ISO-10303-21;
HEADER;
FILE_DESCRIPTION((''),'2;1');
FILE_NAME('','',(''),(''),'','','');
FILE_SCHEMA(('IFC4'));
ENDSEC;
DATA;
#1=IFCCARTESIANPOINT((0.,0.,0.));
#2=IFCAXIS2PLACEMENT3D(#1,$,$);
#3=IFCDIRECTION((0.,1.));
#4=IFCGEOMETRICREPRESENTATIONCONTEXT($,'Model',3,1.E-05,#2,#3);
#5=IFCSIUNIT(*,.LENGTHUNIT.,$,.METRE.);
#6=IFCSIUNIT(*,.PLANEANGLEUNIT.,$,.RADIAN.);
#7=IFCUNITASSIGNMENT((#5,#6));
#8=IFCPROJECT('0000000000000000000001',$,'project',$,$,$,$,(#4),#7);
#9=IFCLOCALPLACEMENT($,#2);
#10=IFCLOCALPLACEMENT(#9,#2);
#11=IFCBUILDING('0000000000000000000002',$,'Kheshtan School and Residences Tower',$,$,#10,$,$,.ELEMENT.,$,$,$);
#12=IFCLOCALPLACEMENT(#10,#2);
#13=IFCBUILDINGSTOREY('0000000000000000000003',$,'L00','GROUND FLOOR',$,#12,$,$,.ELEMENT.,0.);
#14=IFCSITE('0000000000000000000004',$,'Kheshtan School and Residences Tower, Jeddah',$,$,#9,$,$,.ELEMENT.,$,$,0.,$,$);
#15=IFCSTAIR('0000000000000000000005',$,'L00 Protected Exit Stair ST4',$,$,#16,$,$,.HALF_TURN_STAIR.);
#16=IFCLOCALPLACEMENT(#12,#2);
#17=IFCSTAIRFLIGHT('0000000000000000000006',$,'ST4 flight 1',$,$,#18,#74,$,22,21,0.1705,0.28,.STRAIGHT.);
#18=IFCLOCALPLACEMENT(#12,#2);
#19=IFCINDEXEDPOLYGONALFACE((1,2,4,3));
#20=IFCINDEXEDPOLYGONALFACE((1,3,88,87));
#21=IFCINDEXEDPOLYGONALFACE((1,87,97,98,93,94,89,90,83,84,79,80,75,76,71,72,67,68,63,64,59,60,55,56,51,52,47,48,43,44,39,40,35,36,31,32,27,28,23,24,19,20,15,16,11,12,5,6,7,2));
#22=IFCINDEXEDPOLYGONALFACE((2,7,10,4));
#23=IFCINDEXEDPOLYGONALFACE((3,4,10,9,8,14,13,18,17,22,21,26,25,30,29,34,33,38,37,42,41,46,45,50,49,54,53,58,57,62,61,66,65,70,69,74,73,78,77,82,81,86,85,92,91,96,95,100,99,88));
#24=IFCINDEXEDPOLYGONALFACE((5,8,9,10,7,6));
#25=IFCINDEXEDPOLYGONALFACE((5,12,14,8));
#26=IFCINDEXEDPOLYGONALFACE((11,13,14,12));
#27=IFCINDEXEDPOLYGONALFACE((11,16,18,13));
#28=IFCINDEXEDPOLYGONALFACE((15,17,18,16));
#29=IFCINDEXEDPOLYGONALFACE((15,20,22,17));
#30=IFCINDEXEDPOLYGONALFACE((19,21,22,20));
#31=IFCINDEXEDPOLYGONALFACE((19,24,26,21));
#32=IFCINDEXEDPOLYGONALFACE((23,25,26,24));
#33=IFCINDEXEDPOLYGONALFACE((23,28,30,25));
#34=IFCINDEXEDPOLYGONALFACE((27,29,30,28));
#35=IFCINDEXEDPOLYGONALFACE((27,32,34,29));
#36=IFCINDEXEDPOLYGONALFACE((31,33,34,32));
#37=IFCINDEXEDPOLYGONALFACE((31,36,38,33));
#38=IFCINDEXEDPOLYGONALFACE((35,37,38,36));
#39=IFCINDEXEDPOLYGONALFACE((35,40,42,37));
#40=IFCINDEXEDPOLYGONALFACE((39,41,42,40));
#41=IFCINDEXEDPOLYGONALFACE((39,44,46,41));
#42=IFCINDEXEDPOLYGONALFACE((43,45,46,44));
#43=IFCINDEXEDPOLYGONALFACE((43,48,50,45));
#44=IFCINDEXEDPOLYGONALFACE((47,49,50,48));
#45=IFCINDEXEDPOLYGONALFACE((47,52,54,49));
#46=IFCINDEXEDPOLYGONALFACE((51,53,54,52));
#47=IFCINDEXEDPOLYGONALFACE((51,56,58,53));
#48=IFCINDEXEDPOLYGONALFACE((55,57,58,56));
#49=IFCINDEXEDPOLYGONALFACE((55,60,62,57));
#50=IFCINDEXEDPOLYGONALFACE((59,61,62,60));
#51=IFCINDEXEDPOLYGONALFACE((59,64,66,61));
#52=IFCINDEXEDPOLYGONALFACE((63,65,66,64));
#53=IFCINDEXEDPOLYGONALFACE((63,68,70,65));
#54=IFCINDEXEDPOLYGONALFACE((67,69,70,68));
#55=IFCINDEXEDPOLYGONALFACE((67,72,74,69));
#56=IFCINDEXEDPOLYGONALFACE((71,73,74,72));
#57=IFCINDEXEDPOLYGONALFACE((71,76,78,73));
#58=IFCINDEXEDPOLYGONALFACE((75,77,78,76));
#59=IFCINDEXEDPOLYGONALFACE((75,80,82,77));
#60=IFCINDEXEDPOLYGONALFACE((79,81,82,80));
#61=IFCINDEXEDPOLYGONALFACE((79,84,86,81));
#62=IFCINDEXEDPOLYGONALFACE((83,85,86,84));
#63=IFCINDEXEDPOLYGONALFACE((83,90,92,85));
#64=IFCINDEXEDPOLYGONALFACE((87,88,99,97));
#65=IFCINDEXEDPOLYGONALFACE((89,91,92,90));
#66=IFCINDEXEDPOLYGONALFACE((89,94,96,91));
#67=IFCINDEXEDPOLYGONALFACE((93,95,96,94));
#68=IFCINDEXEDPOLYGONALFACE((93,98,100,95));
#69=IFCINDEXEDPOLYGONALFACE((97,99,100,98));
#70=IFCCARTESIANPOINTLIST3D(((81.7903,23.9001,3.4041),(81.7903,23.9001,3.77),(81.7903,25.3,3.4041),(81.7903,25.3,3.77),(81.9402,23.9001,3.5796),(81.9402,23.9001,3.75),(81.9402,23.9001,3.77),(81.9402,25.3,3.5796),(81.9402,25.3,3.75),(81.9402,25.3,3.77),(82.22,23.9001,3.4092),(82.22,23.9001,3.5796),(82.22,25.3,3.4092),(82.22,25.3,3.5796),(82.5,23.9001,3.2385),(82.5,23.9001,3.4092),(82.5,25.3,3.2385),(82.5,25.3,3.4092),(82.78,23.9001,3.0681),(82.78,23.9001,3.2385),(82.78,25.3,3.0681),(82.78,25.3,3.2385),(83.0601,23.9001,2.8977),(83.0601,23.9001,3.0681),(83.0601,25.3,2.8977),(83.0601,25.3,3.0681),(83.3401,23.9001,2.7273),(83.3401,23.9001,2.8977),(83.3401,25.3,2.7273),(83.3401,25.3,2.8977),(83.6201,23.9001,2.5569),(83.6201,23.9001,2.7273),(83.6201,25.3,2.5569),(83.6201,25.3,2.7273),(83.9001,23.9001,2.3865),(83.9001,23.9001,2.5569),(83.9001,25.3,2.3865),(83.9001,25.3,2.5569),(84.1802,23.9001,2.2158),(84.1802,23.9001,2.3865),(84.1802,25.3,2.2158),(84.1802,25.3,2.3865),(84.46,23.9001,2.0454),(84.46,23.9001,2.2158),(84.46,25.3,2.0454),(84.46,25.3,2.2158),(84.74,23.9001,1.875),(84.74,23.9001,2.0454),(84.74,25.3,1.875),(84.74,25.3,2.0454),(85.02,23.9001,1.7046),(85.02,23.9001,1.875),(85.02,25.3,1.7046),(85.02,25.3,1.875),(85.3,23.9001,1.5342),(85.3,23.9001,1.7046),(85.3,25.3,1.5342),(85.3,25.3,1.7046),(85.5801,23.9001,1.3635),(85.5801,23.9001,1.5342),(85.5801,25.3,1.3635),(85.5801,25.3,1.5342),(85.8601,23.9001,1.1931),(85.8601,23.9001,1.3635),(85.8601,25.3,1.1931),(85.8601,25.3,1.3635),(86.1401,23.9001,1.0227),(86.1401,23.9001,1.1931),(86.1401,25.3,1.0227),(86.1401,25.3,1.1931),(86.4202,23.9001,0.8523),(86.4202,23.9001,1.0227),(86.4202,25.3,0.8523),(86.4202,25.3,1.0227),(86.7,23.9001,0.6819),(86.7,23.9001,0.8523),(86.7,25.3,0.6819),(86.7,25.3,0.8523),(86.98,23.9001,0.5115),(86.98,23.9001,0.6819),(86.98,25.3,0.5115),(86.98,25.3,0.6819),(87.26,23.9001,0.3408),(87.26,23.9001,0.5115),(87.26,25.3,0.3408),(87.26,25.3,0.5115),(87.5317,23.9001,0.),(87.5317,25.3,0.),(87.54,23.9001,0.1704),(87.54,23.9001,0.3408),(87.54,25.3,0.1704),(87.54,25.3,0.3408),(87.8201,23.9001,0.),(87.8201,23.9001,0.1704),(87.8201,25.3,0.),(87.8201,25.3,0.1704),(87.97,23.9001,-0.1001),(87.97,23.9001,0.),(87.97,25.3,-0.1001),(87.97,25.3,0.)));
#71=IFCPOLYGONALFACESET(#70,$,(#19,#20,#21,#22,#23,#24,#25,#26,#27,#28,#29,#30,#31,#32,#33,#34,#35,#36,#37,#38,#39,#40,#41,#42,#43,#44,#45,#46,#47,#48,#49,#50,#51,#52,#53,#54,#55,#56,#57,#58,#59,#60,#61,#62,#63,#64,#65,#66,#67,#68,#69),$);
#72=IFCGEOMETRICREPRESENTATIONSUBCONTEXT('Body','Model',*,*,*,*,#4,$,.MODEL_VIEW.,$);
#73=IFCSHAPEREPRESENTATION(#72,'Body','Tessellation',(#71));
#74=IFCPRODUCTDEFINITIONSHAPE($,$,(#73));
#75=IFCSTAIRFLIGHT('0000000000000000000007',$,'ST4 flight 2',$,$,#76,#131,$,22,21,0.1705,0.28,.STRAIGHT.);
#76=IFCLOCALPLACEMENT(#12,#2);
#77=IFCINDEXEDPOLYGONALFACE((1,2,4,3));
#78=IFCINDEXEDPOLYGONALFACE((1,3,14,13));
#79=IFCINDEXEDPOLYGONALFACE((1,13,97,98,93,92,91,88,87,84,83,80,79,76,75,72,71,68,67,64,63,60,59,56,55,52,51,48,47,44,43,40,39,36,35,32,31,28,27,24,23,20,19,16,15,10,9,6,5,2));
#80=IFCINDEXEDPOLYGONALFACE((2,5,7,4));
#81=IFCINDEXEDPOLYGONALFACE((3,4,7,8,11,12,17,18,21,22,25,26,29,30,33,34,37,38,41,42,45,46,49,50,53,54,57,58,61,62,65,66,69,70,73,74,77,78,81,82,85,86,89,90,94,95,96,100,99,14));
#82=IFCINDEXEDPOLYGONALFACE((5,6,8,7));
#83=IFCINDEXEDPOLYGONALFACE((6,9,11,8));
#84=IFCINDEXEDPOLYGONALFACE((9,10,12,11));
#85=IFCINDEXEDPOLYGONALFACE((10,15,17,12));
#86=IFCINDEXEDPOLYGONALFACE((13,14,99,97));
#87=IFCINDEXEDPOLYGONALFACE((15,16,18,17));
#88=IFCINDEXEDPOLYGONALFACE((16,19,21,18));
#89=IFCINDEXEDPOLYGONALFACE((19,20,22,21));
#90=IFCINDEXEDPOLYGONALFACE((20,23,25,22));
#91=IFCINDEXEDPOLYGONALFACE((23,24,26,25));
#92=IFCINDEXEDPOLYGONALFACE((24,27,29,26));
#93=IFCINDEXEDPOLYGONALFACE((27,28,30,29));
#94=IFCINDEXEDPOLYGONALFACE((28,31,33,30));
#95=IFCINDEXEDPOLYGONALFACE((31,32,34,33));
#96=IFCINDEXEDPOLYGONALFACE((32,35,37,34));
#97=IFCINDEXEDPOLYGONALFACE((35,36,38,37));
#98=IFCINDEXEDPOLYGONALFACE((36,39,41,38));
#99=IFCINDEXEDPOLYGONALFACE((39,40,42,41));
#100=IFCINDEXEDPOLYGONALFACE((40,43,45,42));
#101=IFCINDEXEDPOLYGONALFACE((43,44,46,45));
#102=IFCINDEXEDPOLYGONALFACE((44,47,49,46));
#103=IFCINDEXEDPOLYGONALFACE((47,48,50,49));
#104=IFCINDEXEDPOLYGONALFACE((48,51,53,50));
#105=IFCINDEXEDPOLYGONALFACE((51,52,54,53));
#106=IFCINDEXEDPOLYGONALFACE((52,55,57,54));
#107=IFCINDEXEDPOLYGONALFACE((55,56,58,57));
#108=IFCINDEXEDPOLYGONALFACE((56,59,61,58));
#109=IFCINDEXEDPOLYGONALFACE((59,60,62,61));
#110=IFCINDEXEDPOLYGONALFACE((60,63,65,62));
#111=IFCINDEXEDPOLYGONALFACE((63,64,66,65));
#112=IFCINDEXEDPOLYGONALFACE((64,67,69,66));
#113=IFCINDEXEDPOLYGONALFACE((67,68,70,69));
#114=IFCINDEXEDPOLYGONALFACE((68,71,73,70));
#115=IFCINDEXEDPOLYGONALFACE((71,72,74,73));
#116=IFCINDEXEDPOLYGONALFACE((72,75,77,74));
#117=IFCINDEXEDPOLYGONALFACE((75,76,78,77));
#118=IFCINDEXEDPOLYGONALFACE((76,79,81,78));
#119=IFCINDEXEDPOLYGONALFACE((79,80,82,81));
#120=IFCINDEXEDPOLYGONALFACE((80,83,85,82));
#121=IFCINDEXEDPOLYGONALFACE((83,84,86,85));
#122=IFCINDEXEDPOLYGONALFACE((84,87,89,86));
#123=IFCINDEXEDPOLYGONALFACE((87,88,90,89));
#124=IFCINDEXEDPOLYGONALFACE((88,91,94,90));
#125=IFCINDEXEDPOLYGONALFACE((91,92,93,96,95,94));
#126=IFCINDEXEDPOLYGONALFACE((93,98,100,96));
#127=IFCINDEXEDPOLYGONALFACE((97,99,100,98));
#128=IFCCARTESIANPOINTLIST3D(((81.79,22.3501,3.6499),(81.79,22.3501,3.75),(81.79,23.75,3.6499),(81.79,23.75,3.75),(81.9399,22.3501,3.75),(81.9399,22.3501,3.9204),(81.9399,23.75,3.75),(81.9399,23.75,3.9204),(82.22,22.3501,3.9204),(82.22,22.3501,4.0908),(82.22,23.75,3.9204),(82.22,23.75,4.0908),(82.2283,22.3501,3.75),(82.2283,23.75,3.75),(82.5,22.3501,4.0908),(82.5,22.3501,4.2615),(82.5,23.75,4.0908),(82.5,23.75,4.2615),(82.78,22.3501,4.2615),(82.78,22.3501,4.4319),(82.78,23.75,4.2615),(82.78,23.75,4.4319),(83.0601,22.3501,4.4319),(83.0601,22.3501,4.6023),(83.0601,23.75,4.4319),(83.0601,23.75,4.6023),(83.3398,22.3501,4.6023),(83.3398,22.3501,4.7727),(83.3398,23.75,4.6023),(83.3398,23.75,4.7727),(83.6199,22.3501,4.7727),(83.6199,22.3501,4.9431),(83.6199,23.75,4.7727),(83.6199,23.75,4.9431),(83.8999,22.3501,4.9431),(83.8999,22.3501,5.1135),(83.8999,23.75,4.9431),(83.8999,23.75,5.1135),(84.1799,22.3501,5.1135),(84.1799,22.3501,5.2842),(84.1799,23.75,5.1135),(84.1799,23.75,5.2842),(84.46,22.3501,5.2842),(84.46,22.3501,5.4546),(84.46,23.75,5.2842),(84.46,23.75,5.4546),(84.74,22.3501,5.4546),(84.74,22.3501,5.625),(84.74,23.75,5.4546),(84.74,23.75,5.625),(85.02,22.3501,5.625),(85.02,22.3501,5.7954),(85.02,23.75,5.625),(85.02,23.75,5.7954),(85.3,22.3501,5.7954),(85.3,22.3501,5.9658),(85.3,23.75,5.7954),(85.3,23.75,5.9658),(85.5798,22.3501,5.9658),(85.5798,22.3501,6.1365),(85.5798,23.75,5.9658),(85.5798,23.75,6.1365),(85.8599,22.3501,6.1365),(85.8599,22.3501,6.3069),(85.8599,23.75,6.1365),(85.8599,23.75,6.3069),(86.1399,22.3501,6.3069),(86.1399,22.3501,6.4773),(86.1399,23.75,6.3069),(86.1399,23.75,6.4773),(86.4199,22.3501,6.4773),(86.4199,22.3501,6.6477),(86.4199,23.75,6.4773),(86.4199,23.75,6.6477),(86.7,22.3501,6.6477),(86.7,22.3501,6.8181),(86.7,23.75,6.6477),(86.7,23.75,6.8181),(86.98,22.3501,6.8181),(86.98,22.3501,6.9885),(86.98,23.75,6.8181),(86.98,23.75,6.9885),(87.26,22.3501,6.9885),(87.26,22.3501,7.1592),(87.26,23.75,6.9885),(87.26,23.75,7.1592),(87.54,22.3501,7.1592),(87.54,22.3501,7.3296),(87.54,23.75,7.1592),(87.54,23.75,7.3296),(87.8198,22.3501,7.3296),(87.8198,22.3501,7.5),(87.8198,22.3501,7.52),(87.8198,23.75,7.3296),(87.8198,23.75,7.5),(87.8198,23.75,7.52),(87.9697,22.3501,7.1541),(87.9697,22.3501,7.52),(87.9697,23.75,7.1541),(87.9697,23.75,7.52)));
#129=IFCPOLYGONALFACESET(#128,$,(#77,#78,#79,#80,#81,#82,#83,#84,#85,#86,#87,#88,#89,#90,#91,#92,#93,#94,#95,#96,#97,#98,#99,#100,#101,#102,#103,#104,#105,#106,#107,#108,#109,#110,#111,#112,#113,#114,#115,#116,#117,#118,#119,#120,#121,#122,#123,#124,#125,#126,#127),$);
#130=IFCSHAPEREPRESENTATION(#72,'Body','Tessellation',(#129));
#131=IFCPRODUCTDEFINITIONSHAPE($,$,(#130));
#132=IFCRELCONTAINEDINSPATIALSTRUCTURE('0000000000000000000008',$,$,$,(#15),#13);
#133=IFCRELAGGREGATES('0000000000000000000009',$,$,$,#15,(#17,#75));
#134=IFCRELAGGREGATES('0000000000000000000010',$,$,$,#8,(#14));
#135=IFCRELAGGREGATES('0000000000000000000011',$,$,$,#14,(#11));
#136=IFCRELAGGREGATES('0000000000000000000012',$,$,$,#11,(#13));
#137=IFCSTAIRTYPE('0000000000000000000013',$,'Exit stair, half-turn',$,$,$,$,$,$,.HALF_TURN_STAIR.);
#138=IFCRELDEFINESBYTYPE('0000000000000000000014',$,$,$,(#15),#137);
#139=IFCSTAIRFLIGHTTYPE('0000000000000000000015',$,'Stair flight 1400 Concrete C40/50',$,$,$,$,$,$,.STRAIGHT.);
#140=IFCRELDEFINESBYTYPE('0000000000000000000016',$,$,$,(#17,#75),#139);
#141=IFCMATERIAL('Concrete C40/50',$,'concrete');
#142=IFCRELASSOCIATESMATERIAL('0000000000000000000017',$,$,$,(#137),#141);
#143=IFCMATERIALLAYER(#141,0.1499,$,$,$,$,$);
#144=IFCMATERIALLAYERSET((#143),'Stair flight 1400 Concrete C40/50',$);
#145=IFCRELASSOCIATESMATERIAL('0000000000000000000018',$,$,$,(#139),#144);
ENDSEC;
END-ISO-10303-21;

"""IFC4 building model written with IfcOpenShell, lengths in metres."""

from ifc_helpers import new_model, si_unit, direction, frame, origin, place, context, subcontext, project, spatial, polyline, outline, extrude, material, layer, layer_set, type_object, element, aggregate, save


model = new_model("IFC4")

# Units and contexts
model_context = context("Model", 3, precision=1e-05, world=origin(), true_north=direction((0.0, 1.0)))
body_context = subcontext(model_context, "Body", "Model", "MODEL_VIEW")
ifc_project = project(units=[si_unit("LENGTHUNIT", "METRE"), si_unit("PLANEANGLEUNIT", "RADIAN")], contexts=[model_context])

# Site, building, storey
site_placement = place(None, origin())
site = spatial("IfcSite", under=ifc_project, at=site_placement, Name="Kheshtan School and Residences Tower, Jeddah", CompositionType="ELEMENT", RefElevation=0.0)
building_placement = place(site_placement, origin())
building = spatial("IfcBuilding", under=site, at=building_placement, Name="Kheshtan School and Residences Tower", CompositionType="ELEMENT")
storey_placement = place(building_placement, origin())
storey = spatial("IfcBuildingStorey", under=building, at=storey_placement, Name="L00", Description="GROUND FLOOR", CompositionType="ELEMENT", Elevation=0.0)

# Shared definitions
ifc_material_1 = material(Name="Concrete C40/50", Category="concrete")

# Stair, stair flights
stair_type = type_object("IfcStairType", Name="Exit stair, half-turn", PredefinedType="HALF_TURN_STAIR", material=ifc_material_1)
stair_placement = place(storey_placement, origin())
stair = element("IfcStair", 1, at=stair_placement, inside=storey, type_object=stair_type, Name="L00 Protected Exit Stair ST4", PredefinedType="HALF_TURN_STAIR")
ifc_layer_1 = layer(ifc_material_1, 0.1499)
ifc_layer_set_1 = layer_set([ifc_layer_1], Name="Stair flight 1400 Concrete C40/50")
stair_flight_type = type_object("IfcStairFlightType", Name="Stair flight 1400 Concrete C40/50", PredefinedType="STRAIGHT", material=ifc_layer_set_1)
stair_flight_1_placement = place(storey_placement, frame((87.8201, 24.6001, 0.0), z_axis=(0.0, 0.0, 1.0), x_axis=(-1.0, 0.0, 0.0)))
stair_flight_1 = element("IfcStairFlight", 2, at=stair_flight_1_placement, type_object=stair_flight_type, Name="ST4 flight 1", NumberOfRisers=22, NumberOfTreads=21, PredefinedType="STRAIGHT", RiserHeight=0.1705, TreadLength=0.28, context=body_context, shape_type="SweptSolid", body=[
    extrude(outline(polyline([(-0.1499, -0.1001), (-0.1499, 0.0), (0.0, 0.0), (0.0, 0.1704), (0.28, 0.1704), (0.28, 0.3408), (0.5601, 0.3408), (0.5601, 0.5115), (0.8401, 0.5115), (0.8401, 0.6819), (1.1201, 0.6819), (1.1201, 0.8523), (1.3999, 0.8523), (1.3999, 1.0227), (1.6799, 1.0227), (1.6799, 1.1931), (1.96, 1.1931), (1.96, 1.3635), (2.24, 1.3635), (2.24, 1.5342), (2.52, 1.5342), (2.52, 1.7046), (2.8, 1.7046), (2.8, 1.875), (3.0801, 1.875), (3.0801, 2.0454), (3.3601, 2.0454), (3.3601, 2.2158), (3.6399, 2.2158), (3.6399, 2.3865), (3.9199, 2.3865), (3.9199, 2.5569), (4.2, 2.5569), (4.2, 2.7273), (4.48, 2.7273), (4.48, 2.8977), (4.76, 2.8977), (4.76, 3.0681), (5.04, 3.0681), (5.04, 3.2385), (5.3201, 3.2385), (5.3201, 3.4092), (5.6001, 3.4092), (5.6001, 3.5796), (5.8799, 3.5796), (5.8799, 3.75), (5.8799, 3.77), (6.0298, 3.77), (6.0298, 3.4041), (0.2883, 0.0), (-0.1499, -0.1001)])), frame((0.0, 0.7, 0.0), z_axis=(0.0, -1.0, 0.0), x_axis=(1.0, 0.0, 0.0)), (0.0, 0.0, 1.0), 1.3999),
])
stair_flight_2_placement = place(storey_placement, frame((81.9399, 23.05, 3.75), z_axis=(0.0, 0.0, 1.0), x_axis=(1.0, 0.0, 0.0)))
stair_flight_2 = element("IfcStairFlight", 3, at=stair_flight_2_placement, type_object=stair_flight_type, Name="ST4 flight 2", NumberOfRisers=22, NumberOfTreads=21, PredefinedType="STRAIGHT", RiserHeight=0.1705, TreadLength=0.28, context=body_context, shape_type="SweptSolid", body=[
    extrude(outline(polyline([(-0.1499, -0.1001), (-0.1499, 0.0), (0.0, 0.0), (0.0, 0.1704), (0.28, 0.1704), (0.28, 0.3408), (0.5601, 0.3408), (0.5601, 0.5115), (0.8401, 0.5115), (0.8401, 0.6819), (1.1201, 0.6819), (1.1201, 0.8523), (1.3999, 0.8523), (1.3999, 1.0227), (1.6799, 1.0227), (1.6799, 1.1931), (1.96, 1.1931), (1.96, 1.3635), (2.24, 1.3635), (2.24, 1.5342), (2.52, 1.5342), (2.52, 1.7046), (2.8, 1.7046), (2.8, 1.875), (3.0801, 1.875), (3.0801, 2.0454), (3.3601, 2.0454), (3.3601, 2.2158), (3.6399, 2.2158), (3.6399, 2.3865), (3.9199, 2.3865), (3.9199, 2.5569), (4.2, 2.5569), (4.2, 2.7273), (4.48, 2.7273), (4.48, 2.8977), (4.76, 2.8977), (4.76, 3.0681), (5.04, 3.0681), (5.04, 3.2385), (5.3201, 3.2385), (5.3201, 3.4092), (5.6001, 3.4092), (5.6001, 3.5796), (5.8799, 3.5796), (5.8799, 3.75), (5.8799, 3.77), (6.0298, 3.77), (6.0298, 3.4041), (0.2883, 0.0), (-0.1499, -0.1001)])), frame((0.0, 0.7, 0.0), z_axis=(0.0, -1.0, 0.0), x_axis=(1.0, 0.0, 0.0)), (0.0, 0.0, 1.0), 1.3999),
])
aggregate(stair, [stair_flight_1, stair_flight_2])

save(model, "model.ifc")
